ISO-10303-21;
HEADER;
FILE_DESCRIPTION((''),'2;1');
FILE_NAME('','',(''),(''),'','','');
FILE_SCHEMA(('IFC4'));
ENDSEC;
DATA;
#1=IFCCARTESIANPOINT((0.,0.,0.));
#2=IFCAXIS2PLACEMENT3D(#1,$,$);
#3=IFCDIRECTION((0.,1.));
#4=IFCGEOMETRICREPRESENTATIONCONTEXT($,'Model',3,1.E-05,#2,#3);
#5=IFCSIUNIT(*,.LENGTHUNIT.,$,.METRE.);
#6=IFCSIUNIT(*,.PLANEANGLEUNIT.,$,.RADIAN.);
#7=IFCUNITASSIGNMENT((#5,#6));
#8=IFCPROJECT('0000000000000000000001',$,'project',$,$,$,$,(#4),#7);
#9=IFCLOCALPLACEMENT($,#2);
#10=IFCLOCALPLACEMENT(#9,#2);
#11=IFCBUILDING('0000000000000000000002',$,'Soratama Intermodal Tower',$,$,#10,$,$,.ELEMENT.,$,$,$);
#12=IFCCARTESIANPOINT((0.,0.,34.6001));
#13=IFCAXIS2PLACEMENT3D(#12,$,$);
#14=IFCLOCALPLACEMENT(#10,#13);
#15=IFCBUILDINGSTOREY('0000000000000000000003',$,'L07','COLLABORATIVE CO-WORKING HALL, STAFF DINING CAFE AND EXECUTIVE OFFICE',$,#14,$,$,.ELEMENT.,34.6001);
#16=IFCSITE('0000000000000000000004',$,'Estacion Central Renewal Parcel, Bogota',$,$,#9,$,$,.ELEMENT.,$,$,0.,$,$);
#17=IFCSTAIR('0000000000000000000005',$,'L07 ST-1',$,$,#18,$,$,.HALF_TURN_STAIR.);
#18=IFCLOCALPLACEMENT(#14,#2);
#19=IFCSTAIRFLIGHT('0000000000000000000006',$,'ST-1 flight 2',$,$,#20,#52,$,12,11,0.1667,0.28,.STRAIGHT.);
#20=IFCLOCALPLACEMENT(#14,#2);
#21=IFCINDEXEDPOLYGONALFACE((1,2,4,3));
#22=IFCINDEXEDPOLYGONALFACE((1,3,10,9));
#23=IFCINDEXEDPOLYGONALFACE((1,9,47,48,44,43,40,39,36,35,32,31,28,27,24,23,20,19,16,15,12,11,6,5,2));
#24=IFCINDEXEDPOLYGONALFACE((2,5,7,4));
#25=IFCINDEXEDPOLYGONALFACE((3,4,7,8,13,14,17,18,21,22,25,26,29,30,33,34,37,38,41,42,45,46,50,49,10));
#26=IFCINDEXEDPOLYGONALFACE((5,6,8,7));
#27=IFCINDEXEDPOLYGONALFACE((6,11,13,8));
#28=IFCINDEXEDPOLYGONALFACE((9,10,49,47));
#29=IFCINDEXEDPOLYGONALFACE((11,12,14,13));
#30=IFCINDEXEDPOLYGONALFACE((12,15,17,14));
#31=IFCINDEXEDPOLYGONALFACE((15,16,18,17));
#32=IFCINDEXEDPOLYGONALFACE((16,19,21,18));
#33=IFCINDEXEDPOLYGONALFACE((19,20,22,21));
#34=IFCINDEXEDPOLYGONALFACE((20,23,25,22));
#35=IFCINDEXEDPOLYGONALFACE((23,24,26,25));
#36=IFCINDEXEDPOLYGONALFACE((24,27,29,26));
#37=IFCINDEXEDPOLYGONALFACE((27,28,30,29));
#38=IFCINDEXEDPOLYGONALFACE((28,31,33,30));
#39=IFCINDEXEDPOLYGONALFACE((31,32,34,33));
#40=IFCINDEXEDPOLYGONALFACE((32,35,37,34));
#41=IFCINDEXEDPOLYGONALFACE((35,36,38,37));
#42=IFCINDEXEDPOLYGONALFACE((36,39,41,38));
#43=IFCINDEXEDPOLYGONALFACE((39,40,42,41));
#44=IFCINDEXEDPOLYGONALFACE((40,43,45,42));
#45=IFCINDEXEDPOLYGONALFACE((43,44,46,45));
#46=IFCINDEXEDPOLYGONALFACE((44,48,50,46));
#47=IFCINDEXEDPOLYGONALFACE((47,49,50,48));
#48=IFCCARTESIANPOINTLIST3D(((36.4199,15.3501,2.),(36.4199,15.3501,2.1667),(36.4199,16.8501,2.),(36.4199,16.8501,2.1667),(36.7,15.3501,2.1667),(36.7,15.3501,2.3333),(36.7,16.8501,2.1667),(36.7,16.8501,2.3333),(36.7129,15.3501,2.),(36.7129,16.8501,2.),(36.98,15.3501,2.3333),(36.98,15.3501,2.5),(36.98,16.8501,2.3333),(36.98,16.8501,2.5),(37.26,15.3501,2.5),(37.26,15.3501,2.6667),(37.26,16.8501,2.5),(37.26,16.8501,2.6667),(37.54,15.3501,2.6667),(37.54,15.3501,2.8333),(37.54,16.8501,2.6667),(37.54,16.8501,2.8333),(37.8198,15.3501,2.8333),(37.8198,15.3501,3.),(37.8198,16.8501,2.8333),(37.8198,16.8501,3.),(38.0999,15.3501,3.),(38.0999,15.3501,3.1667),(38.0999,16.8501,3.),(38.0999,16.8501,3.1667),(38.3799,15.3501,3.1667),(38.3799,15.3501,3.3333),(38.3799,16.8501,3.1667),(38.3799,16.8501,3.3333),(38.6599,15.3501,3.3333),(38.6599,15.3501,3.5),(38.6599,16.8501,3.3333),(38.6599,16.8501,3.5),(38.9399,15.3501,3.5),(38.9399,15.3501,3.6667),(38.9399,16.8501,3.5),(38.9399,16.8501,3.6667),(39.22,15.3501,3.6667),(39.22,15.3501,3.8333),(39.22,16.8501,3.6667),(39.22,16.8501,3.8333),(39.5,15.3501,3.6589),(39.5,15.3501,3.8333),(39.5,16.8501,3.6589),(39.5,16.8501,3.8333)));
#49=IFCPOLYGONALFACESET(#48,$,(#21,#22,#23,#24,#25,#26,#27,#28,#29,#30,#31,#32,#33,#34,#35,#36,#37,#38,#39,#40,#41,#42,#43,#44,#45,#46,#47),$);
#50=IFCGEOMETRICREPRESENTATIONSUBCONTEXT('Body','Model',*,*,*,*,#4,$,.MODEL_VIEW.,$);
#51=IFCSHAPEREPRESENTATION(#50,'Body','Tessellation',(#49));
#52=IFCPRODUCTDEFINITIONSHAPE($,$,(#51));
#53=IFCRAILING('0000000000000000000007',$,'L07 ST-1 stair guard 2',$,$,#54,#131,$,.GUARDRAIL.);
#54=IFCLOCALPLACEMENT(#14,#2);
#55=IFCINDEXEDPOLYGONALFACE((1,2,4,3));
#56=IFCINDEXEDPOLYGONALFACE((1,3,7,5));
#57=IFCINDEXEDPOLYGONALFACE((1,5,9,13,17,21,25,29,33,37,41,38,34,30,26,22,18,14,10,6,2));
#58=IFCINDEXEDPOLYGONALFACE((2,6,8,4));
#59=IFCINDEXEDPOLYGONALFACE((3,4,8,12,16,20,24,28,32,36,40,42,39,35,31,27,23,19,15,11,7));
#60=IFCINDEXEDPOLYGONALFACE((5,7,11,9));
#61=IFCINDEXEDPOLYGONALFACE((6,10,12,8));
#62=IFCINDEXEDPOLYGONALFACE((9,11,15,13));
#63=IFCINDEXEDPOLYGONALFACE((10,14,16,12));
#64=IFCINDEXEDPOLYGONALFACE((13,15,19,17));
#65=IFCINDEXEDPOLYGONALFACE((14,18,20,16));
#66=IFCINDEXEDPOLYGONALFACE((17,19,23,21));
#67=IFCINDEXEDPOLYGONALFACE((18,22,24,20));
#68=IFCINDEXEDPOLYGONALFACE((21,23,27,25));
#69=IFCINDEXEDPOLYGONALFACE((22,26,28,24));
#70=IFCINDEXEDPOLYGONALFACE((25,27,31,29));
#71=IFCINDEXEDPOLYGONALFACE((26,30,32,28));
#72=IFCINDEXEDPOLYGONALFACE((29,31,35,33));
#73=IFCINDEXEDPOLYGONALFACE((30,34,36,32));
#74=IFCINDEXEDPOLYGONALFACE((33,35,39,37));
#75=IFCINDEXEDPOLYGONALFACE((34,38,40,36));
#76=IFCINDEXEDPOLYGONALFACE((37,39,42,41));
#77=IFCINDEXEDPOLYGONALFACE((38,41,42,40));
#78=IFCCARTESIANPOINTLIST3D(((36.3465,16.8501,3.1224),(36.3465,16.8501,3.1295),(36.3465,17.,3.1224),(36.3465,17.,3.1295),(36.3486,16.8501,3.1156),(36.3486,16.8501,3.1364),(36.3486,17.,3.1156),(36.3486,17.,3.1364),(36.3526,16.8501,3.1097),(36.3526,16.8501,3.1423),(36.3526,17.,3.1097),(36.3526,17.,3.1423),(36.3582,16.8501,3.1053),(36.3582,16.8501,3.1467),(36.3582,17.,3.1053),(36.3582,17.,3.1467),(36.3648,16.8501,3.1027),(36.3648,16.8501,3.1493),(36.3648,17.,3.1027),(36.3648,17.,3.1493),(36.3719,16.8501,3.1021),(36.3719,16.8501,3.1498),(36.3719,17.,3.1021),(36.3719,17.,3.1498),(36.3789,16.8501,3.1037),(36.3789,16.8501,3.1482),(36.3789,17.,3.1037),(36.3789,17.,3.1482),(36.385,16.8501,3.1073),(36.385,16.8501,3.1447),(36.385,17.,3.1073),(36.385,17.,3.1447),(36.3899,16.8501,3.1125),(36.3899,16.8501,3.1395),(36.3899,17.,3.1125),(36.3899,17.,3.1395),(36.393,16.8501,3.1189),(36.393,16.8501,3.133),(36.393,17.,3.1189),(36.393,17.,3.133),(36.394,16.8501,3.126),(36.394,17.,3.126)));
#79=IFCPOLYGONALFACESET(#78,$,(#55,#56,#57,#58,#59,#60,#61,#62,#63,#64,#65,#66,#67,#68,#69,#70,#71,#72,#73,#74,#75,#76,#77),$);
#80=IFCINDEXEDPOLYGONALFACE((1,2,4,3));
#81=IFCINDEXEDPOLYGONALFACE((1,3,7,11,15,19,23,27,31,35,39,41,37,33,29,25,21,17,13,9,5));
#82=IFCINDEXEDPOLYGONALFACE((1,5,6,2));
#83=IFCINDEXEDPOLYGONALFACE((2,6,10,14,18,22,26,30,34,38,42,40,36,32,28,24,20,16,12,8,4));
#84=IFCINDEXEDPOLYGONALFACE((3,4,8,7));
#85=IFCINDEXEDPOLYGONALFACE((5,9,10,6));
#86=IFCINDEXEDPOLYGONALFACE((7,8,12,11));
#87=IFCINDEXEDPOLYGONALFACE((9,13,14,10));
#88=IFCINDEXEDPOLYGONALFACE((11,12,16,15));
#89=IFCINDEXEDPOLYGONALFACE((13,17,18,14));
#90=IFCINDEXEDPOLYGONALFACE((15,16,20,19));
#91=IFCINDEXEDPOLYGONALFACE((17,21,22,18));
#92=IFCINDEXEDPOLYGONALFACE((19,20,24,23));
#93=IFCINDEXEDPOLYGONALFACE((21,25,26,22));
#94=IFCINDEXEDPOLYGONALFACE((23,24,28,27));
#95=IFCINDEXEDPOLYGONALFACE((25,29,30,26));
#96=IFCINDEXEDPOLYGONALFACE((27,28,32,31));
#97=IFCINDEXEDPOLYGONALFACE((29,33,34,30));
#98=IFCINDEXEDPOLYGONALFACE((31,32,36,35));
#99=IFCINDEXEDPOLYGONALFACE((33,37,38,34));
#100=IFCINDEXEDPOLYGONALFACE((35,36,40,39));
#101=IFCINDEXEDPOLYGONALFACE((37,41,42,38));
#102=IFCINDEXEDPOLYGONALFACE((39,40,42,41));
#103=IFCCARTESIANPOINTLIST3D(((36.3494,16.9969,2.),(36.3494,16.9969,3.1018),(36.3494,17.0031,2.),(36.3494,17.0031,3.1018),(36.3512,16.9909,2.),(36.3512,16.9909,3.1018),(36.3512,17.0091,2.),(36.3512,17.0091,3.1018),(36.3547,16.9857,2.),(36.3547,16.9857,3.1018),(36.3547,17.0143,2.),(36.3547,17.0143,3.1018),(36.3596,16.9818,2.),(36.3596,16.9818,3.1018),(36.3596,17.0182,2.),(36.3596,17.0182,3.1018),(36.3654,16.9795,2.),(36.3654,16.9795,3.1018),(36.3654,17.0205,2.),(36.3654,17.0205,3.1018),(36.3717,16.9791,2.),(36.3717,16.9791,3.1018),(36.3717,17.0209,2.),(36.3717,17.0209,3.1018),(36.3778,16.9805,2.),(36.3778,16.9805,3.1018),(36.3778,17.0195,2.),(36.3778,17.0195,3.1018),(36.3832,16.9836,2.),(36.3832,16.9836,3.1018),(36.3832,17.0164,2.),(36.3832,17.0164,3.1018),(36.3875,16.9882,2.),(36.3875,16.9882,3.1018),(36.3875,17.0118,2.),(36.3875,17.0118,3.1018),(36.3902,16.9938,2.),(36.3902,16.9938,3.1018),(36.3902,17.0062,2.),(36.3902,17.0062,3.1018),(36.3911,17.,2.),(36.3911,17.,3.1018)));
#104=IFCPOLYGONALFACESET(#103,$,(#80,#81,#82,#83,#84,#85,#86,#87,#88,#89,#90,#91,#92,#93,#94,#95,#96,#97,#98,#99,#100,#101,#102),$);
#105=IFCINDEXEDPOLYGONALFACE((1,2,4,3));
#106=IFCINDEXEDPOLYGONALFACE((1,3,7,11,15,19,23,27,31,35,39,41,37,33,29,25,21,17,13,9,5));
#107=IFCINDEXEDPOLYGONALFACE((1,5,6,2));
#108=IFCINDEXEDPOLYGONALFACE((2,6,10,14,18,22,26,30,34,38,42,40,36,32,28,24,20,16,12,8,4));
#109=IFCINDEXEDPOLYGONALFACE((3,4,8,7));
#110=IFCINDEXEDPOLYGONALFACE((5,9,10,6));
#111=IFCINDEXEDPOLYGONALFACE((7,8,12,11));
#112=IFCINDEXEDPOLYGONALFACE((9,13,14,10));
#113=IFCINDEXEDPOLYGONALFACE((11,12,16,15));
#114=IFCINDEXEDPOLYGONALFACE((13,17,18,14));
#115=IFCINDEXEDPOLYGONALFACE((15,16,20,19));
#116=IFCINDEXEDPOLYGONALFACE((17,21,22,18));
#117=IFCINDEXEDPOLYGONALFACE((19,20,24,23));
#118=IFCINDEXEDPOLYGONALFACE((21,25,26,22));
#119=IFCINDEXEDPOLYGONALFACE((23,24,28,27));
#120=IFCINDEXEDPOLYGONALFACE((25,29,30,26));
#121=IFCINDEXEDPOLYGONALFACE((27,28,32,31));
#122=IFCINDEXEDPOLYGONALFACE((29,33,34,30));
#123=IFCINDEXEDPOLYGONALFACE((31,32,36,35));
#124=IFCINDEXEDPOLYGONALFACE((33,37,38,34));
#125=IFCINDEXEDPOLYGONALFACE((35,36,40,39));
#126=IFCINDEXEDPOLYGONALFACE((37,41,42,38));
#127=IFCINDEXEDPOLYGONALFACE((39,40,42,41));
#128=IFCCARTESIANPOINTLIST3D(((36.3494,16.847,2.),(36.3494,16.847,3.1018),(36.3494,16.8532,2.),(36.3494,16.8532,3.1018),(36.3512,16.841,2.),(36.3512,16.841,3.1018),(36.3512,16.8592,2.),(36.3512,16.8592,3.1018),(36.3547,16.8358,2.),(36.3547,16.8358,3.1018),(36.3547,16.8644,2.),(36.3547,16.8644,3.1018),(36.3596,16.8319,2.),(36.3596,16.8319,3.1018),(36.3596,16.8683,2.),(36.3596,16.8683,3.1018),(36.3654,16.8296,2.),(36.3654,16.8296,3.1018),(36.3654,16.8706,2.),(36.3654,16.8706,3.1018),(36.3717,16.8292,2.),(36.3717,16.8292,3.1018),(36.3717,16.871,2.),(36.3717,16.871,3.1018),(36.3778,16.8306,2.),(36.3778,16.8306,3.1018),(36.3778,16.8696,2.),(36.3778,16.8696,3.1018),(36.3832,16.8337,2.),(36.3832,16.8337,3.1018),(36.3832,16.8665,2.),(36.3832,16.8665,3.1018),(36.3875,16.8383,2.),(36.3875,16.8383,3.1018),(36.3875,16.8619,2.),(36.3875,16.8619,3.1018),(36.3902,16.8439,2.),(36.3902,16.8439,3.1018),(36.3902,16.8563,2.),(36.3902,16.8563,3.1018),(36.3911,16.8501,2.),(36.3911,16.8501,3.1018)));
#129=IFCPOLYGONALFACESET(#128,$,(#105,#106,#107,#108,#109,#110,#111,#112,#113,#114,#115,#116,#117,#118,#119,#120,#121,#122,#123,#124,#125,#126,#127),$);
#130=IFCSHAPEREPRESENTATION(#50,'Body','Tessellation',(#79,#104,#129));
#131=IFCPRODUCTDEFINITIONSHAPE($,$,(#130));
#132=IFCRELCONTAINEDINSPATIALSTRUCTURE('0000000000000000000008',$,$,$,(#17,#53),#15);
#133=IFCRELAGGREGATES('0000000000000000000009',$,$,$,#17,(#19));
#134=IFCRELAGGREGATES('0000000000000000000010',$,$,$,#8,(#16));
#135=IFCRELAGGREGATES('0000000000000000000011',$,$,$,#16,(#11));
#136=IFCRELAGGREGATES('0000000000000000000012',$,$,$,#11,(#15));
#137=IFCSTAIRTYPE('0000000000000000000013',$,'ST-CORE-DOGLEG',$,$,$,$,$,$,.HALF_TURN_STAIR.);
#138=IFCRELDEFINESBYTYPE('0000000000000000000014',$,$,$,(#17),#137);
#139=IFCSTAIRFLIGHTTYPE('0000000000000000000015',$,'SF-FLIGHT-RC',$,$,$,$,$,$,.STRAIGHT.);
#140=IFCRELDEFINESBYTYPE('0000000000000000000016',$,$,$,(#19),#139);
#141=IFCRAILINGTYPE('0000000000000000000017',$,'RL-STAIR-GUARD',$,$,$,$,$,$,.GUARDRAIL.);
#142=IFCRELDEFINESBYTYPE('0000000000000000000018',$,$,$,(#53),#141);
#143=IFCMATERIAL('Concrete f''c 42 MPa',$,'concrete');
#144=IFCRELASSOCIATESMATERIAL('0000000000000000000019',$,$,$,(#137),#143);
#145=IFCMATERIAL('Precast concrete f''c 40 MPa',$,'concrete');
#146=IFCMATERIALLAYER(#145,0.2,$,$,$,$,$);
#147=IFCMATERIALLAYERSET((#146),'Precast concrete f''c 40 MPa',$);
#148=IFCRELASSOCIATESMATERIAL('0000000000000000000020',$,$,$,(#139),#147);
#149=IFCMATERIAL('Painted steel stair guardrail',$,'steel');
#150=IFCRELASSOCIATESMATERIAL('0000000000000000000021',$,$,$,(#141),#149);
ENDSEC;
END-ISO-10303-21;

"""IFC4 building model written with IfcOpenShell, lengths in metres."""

from ifc_helpers import new_model, si_unit, direction, frame, origin, origin_2d, place, context, subcontext, project, spatial, polyline, circle, outline, extrude, material, layer, layer_set, type_object, element, aggregate, save


model = new_model("IFC4")

# Units and contexts
model_context = context("Model", 3, precision=1e-05, world=origin(), true_north=direction((0.0, 1.0)))
body_context = subcontext(model_context, "Body", "Model", "MODEL_VIEW")
ifc_project = project(units=[si_unit("LENGTHUNIT", "METRE"), si_unit("PLANEANGLEUNIT", "RADIAN")], contexts=[model_context])

# Site, building, storey
site_placement = place(None, origin())
site = spatial("IfcSite", under=ifc_project, at=site_placement, Name="Estacion Central Renewal Parcel, Bogota", CompositionType="ELEMENT", RefElevation=0.0)
building_placement = place(site_placement, origin())
building = spatial("IfcBuilding", under=site, at=building_placement, Name="Soratama Intermodal Tower", CompositionType="ELEMENT")
storey_placement = place(building_placement, frame((0.0, 0.0, 34.6001)))
storey = spatial("IfcBuildingStorey", under=building, at=storey_placement, Name="L07", Description="COLLABORATIVE CO-WORKING HALL, STAFF DINING CAFE AND EXECUTIVE OFFICE", CompositionType="ELEMENT", Elevation=34.6001)

# Stair, stair flight
ifc_material_1 = material(Name="Concrete f'c 42 MPa", Category="concrete")
stair_type = type_object("IfcStairType", Name="ST-CORE-DOGLEG", PredefinedType="HALF_TURN_STAIR", material=ifc_material_1)
stair_placement = place(storey_placement, origin())
stair = element("IfcStair", 1, at=stair_placement, inside=storey, type_object=stair_type, Name="L07 ST-1", PredefinedType="HALF_TURN_STAIR")
ifc_material_2 = material(Name="Precast concrete f'c 40 MPa", Category="concrete")
ifc_layer_1 = layer(ifc_material_2, 0.2)
ifc_layer_set_1 = layer_set([ifc_layer_1], Name="Precast concrete f'c 40 MPa")
stair_flight_type = type_object("IfcStairFlightType", Name="SF-FLIGHT-RC", PredefinedType="STRAIGHT", material=ifc_layer_set_1)
stair_flight_placement = place(storey_placement, frame((36.4199, 16.1001, 2.0), z_axis=(0.0, 0.0, 1.0), x_axis=(1.0, 0.0, 0.0)))
stair_flight = element("IfcStairFlight", 2, at=stair_flight_placement, type_object=stair_flight_type, Name="ST-1 flight 2", NumberOfRisers=12, NumberOfTreads=11, PredefinedType="STRAIGHT", RiserHeight=0.1667, TreadLength=0.28, context=body_context, shape_type="SweptSolid", body=[
    extrude(outline(polyline([(0.0, 0.0), (0.0, 0.1667), (0.28, 0.1667), (0.28, 0.3333), (0.5601, 0.3333), (0.5601, 0.5), (0.8401, 0.5), (0.8401, 0.6667), (1.1201, 0.6667), (1.1201, 0.8333), (1.3999, 0.8333), (1.3999, 1.0), (1.6799, 1.0), (1.6799, 1.1667), (1.96, 1.1667), (1.96, 1.3333), (2.24, 1.3333), (2.24, 1.5), (2.52, 1.5), (2.52, 1.6667), (2.8, 1.6667), (2.8, 1.8333), (3.0801, 1.8333), (3.0801, 2.0), (3.0801, 1.6589), (0.293, 0.0), (0.0, 0.0)])), frame((0.0, 0.75, 0.0), z_axis=(0.0, -1.0, 0.0), x_axis=(1.0, 0.0, 0.0)), (0.0, 0.0, 1.0), 1.5),
])
aggregate(stair, [stair_flight])

# Railing
ifc_material_3 = material(Name="Painted steel stair guardrail", Category="steel")
railing_type_1 = type_object("IfcRailingType", Name="RL-STAIR-GUARD", PredefinedType="GUARDRAIL", material=ifc_material_3)
railing_1_placement = place(storey_placement, frame((36.3701, 17.0, 2.0)))
element("IfcRailing", 3, at=railing_1_placement, inside=storey, type_object=railing_type_1, Name="L07 ST-1 stair guard 2", PredefinedType="GUARDRAIL", context=body_context, shape_type="SweptSolid", body=[
    extrude(circle(Radius=0.0239, at=origin_2d()), frame((0.0, 0.0, 1.126), z_axis=(0.0, -1.0, 0.0), x_axis=(1.0, 0.0, 0.0)), (0.0, 0.0, 1.0), 0.1499),
    extrude(circle(Radius=0.021, at=origin_2d()), origin(), (0.0, 0.0, 1.0), 1.1018),
    extrude(circle(Radius=0.021, at=origin_2d()), frame((0.0, -0.1499, 0.0)), (0.0, 0.0, 1.0), 1.1018),
])

save(model, "model.ifc")
